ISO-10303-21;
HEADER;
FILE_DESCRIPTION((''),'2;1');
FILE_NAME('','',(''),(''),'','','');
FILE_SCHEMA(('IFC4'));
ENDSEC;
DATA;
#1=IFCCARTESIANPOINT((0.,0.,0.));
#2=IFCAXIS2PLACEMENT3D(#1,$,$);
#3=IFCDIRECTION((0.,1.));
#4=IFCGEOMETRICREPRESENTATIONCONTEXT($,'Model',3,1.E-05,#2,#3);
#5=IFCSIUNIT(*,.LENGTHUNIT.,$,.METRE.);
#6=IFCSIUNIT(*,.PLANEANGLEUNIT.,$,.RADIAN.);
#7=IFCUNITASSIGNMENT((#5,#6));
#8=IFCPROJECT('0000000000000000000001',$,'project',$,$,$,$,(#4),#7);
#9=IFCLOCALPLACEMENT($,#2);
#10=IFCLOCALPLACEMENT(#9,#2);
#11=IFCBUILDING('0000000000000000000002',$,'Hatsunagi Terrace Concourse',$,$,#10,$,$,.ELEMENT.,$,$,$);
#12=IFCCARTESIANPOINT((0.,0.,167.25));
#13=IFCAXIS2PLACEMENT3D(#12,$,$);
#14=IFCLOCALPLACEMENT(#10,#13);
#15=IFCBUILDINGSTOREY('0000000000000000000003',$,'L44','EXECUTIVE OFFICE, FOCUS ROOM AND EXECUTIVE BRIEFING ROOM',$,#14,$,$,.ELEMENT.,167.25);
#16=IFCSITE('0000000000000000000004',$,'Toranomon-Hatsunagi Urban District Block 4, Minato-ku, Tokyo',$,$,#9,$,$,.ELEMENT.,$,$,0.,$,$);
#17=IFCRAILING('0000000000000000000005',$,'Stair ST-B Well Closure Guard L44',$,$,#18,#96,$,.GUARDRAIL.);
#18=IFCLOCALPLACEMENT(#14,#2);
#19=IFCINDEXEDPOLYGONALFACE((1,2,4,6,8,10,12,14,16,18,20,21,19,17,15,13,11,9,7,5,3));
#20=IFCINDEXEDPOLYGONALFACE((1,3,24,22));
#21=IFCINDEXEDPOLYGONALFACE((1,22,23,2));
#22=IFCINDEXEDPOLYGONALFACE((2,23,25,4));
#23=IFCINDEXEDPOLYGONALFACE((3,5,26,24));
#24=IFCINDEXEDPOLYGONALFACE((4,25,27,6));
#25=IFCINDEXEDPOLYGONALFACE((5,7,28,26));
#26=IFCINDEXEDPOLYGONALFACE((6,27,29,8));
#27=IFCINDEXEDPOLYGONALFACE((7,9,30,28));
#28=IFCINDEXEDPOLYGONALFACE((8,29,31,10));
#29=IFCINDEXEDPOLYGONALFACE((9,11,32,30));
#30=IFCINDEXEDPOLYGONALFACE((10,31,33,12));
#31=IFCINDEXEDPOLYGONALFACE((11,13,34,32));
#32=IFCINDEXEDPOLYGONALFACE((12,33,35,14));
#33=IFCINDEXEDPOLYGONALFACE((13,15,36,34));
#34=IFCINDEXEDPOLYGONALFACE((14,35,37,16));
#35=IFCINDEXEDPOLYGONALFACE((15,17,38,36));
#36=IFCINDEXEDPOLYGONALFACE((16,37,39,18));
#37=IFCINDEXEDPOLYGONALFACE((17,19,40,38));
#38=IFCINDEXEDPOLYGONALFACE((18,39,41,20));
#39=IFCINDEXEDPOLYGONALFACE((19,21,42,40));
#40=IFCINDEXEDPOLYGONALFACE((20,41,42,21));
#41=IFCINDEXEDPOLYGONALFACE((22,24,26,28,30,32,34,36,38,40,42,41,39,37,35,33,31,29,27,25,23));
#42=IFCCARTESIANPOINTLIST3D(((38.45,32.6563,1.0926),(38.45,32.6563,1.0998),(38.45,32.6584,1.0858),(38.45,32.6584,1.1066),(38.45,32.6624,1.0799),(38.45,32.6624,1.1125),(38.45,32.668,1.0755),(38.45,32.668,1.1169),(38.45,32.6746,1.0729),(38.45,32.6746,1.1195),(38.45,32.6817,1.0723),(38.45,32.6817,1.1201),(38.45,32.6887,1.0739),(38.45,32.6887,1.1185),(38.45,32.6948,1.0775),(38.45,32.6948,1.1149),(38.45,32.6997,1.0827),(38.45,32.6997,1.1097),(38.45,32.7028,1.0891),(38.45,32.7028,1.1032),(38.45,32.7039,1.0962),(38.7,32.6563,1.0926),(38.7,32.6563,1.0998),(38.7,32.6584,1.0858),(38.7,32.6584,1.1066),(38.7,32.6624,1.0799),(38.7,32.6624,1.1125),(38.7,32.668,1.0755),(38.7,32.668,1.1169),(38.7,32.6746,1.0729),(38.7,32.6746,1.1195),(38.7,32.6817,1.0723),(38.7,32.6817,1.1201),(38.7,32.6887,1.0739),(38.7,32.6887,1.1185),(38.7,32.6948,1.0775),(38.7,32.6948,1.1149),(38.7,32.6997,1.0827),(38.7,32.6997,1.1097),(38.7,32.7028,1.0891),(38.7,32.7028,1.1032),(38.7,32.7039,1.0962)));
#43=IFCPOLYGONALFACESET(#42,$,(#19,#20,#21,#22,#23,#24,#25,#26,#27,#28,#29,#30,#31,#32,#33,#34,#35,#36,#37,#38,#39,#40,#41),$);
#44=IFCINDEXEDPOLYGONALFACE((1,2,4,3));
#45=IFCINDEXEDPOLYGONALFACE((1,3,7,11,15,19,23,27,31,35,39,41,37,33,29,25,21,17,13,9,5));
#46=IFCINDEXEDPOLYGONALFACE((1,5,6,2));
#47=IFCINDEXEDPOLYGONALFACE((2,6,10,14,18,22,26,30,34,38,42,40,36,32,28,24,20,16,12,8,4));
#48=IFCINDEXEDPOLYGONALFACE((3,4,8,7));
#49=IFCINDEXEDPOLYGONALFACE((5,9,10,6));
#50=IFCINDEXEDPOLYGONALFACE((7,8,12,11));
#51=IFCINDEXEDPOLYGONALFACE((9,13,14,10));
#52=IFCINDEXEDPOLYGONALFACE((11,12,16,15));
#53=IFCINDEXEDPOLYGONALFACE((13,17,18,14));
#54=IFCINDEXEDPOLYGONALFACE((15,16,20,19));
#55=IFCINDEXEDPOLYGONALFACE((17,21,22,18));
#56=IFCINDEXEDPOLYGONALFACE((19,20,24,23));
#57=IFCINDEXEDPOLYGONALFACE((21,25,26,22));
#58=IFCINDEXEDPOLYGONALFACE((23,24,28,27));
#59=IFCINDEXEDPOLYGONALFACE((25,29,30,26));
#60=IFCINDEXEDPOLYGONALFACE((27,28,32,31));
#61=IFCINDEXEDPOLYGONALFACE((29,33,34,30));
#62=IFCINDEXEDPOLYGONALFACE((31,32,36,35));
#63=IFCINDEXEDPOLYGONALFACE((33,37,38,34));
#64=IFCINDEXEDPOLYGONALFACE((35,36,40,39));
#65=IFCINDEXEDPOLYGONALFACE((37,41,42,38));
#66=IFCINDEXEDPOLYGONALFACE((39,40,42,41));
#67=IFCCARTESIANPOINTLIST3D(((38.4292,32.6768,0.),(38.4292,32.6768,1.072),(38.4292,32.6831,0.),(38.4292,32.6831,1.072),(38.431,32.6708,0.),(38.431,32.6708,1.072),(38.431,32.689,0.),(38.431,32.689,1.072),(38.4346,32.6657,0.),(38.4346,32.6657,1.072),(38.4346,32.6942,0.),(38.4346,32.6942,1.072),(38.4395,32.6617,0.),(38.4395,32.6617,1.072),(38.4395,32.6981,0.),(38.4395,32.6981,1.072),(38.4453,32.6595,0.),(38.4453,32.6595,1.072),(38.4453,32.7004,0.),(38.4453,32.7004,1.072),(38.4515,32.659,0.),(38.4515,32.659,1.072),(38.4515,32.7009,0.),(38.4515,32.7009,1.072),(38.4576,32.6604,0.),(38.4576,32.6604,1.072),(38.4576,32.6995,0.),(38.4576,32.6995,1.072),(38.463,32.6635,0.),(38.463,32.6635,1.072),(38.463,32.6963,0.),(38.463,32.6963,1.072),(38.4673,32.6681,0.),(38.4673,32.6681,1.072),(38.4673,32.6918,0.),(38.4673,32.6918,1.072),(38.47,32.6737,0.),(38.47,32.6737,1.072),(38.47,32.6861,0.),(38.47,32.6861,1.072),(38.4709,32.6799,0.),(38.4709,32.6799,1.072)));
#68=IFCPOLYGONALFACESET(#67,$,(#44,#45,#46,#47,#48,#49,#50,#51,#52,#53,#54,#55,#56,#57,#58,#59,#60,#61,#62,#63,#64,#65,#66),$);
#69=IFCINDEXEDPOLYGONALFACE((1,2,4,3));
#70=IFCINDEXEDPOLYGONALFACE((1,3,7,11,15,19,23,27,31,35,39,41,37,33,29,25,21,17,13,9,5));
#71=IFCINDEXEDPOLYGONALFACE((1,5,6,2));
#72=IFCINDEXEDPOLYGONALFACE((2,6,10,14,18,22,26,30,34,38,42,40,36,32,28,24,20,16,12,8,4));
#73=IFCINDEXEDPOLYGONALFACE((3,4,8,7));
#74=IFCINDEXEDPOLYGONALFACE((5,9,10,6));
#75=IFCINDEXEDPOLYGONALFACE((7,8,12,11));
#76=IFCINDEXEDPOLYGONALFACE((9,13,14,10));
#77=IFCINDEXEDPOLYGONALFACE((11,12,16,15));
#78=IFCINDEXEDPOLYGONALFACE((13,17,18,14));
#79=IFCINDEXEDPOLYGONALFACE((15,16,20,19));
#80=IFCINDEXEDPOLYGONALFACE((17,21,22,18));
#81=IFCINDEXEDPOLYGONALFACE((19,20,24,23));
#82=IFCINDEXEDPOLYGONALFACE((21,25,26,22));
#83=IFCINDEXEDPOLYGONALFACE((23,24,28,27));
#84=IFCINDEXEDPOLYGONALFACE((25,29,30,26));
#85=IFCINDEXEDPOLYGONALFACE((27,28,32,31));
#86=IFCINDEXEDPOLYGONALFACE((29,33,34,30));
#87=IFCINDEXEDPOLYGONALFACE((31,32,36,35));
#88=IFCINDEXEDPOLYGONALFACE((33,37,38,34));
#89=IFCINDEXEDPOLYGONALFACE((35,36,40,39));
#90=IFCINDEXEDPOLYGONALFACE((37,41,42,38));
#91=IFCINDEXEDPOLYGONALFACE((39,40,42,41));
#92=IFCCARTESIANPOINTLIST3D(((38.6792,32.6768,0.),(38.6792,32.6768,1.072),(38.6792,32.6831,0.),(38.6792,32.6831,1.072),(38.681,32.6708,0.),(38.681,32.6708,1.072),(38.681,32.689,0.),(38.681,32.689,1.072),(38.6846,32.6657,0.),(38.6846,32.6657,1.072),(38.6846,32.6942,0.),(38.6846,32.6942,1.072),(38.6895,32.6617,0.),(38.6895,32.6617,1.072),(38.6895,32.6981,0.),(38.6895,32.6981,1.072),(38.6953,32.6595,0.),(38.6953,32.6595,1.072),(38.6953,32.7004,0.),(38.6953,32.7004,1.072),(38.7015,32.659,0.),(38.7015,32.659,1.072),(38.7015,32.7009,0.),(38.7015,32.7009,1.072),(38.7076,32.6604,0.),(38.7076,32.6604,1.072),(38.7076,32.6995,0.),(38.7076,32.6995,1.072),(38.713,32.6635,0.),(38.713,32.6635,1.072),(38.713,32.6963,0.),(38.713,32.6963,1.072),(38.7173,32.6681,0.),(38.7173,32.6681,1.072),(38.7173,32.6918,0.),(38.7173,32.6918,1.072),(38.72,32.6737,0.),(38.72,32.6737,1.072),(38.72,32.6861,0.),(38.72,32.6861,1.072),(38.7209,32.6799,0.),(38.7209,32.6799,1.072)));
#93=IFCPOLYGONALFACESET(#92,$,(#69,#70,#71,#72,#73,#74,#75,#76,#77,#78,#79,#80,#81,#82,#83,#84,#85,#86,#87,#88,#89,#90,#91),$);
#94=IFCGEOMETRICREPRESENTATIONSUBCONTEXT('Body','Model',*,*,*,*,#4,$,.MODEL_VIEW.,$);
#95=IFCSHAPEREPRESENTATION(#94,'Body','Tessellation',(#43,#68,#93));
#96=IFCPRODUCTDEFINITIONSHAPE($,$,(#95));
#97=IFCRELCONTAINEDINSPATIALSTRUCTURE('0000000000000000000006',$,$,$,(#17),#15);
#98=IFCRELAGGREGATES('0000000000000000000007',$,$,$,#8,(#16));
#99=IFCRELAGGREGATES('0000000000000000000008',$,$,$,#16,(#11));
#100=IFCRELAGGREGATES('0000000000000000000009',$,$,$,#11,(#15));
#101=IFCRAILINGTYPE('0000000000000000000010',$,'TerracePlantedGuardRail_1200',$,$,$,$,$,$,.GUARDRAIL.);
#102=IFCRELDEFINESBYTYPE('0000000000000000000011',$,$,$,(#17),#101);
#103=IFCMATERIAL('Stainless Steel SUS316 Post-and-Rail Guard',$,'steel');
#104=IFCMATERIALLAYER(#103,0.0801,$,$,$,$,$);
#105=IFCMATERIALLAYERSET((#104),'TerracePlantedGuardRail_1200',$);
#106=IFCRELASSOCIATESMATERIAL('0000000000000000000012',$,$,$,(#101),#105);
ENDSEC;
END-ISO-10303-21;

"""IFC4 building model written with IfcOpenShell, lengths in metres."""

from ifc_helpers import new_model, si_unit, direction, frame, origin, origin_2d, place, context, subcontext, project, spatial, circle, extrude, material, layer, layer_set, type_object, element, save


model = new_model("IFC4")

# Units and contexts
model_context = context("Model", 3, precision=1e-05, world=origin(), true_north=direction((0.0, 1.0)))
body_context = subcontext(model_context, "Body", "Model", "MODEL_VIEW")
ifc_project = project(units=[si_unit("LENGTHUNIT", "METRE"), si_unit("PLANEANGLEUNIT", "RADIAN")], contexts=[model_context])

# Site, building, storey
site_placement = place(None, origin())
site = spatial("IfcSite", under=ifc_project, at=site_placement, Name="Toranomon-Hatsunagi Urban District Block 4, Minato-ku, Tokyo", CompositionType="ELEMENT", RefElevation=0.0)
building_placement = place(site_placement, origin())
building = spatial("IfcBuilding", under=site, at=building_placement, Name="Hatsunagi Terrace Concourse", CompositionType="ELEMENT")
storey_placement = place(building_placement, frame((0.0, 0.0, 167.25)))
storey = spatial("IfcBuildingStorey", under=building, at=storey_placement, Name="L44", Description="EXECUTIVE OFFICE, FOCUS ROOM AND EXECUTIVE BRIEFING ROOM", CompositionType="ELEMENT", Elevation=167.25)

# Railing
ifc_material_1 = material(Name="Stainless Steel SUS316 Post-and-Rail Guard", Category="steel")
ifc_layer_1 = layer(ifc_material_1, 0.0801)
ifc_layer_set_1 = layer_set([ifc_layer_1], Name="TerracePlantedGuardRail_1200")
railing_type_1 = type_object("IfcRailingType", Name="TerracePlantedGuardRail_1200", PredefinedType="GUARDRAIL", material=ifc_layer_set_1)
railing_1_placement = place(storey_placement, frame((38.45, 32.6799, 0.0)))
element("IfcRailing", 1, at=railing_1_placement, inside=storey, type_object=railing_type_1, Name="Stair ST-B Well Closure Guard L44", PredefinedType="GUARDRAIL", context=body_context, shape_type="SweptSolid", body=[
    extrude(circle(Radius=0.0239, at=origin_2d()), frame((0.0, 0.0, 1.0962), z_axis=(1.0, 0.0, 0.0), x_axis=(0.0, 1.0, 0.0)), (0.0, 0.0, 1.0), 0.25),
    extrude(circle(Radius=0.021, at=origin_2d()), origin(), (0.0, 0.0, 1.0), 1.072),
    extrude(circle(Radius=0.021, at=origin_2d()), frame((0.25, 0.0, 0.0)), (0.0, 0.0, 1.0), 1.072),
])

save(model, "model.ifc")
